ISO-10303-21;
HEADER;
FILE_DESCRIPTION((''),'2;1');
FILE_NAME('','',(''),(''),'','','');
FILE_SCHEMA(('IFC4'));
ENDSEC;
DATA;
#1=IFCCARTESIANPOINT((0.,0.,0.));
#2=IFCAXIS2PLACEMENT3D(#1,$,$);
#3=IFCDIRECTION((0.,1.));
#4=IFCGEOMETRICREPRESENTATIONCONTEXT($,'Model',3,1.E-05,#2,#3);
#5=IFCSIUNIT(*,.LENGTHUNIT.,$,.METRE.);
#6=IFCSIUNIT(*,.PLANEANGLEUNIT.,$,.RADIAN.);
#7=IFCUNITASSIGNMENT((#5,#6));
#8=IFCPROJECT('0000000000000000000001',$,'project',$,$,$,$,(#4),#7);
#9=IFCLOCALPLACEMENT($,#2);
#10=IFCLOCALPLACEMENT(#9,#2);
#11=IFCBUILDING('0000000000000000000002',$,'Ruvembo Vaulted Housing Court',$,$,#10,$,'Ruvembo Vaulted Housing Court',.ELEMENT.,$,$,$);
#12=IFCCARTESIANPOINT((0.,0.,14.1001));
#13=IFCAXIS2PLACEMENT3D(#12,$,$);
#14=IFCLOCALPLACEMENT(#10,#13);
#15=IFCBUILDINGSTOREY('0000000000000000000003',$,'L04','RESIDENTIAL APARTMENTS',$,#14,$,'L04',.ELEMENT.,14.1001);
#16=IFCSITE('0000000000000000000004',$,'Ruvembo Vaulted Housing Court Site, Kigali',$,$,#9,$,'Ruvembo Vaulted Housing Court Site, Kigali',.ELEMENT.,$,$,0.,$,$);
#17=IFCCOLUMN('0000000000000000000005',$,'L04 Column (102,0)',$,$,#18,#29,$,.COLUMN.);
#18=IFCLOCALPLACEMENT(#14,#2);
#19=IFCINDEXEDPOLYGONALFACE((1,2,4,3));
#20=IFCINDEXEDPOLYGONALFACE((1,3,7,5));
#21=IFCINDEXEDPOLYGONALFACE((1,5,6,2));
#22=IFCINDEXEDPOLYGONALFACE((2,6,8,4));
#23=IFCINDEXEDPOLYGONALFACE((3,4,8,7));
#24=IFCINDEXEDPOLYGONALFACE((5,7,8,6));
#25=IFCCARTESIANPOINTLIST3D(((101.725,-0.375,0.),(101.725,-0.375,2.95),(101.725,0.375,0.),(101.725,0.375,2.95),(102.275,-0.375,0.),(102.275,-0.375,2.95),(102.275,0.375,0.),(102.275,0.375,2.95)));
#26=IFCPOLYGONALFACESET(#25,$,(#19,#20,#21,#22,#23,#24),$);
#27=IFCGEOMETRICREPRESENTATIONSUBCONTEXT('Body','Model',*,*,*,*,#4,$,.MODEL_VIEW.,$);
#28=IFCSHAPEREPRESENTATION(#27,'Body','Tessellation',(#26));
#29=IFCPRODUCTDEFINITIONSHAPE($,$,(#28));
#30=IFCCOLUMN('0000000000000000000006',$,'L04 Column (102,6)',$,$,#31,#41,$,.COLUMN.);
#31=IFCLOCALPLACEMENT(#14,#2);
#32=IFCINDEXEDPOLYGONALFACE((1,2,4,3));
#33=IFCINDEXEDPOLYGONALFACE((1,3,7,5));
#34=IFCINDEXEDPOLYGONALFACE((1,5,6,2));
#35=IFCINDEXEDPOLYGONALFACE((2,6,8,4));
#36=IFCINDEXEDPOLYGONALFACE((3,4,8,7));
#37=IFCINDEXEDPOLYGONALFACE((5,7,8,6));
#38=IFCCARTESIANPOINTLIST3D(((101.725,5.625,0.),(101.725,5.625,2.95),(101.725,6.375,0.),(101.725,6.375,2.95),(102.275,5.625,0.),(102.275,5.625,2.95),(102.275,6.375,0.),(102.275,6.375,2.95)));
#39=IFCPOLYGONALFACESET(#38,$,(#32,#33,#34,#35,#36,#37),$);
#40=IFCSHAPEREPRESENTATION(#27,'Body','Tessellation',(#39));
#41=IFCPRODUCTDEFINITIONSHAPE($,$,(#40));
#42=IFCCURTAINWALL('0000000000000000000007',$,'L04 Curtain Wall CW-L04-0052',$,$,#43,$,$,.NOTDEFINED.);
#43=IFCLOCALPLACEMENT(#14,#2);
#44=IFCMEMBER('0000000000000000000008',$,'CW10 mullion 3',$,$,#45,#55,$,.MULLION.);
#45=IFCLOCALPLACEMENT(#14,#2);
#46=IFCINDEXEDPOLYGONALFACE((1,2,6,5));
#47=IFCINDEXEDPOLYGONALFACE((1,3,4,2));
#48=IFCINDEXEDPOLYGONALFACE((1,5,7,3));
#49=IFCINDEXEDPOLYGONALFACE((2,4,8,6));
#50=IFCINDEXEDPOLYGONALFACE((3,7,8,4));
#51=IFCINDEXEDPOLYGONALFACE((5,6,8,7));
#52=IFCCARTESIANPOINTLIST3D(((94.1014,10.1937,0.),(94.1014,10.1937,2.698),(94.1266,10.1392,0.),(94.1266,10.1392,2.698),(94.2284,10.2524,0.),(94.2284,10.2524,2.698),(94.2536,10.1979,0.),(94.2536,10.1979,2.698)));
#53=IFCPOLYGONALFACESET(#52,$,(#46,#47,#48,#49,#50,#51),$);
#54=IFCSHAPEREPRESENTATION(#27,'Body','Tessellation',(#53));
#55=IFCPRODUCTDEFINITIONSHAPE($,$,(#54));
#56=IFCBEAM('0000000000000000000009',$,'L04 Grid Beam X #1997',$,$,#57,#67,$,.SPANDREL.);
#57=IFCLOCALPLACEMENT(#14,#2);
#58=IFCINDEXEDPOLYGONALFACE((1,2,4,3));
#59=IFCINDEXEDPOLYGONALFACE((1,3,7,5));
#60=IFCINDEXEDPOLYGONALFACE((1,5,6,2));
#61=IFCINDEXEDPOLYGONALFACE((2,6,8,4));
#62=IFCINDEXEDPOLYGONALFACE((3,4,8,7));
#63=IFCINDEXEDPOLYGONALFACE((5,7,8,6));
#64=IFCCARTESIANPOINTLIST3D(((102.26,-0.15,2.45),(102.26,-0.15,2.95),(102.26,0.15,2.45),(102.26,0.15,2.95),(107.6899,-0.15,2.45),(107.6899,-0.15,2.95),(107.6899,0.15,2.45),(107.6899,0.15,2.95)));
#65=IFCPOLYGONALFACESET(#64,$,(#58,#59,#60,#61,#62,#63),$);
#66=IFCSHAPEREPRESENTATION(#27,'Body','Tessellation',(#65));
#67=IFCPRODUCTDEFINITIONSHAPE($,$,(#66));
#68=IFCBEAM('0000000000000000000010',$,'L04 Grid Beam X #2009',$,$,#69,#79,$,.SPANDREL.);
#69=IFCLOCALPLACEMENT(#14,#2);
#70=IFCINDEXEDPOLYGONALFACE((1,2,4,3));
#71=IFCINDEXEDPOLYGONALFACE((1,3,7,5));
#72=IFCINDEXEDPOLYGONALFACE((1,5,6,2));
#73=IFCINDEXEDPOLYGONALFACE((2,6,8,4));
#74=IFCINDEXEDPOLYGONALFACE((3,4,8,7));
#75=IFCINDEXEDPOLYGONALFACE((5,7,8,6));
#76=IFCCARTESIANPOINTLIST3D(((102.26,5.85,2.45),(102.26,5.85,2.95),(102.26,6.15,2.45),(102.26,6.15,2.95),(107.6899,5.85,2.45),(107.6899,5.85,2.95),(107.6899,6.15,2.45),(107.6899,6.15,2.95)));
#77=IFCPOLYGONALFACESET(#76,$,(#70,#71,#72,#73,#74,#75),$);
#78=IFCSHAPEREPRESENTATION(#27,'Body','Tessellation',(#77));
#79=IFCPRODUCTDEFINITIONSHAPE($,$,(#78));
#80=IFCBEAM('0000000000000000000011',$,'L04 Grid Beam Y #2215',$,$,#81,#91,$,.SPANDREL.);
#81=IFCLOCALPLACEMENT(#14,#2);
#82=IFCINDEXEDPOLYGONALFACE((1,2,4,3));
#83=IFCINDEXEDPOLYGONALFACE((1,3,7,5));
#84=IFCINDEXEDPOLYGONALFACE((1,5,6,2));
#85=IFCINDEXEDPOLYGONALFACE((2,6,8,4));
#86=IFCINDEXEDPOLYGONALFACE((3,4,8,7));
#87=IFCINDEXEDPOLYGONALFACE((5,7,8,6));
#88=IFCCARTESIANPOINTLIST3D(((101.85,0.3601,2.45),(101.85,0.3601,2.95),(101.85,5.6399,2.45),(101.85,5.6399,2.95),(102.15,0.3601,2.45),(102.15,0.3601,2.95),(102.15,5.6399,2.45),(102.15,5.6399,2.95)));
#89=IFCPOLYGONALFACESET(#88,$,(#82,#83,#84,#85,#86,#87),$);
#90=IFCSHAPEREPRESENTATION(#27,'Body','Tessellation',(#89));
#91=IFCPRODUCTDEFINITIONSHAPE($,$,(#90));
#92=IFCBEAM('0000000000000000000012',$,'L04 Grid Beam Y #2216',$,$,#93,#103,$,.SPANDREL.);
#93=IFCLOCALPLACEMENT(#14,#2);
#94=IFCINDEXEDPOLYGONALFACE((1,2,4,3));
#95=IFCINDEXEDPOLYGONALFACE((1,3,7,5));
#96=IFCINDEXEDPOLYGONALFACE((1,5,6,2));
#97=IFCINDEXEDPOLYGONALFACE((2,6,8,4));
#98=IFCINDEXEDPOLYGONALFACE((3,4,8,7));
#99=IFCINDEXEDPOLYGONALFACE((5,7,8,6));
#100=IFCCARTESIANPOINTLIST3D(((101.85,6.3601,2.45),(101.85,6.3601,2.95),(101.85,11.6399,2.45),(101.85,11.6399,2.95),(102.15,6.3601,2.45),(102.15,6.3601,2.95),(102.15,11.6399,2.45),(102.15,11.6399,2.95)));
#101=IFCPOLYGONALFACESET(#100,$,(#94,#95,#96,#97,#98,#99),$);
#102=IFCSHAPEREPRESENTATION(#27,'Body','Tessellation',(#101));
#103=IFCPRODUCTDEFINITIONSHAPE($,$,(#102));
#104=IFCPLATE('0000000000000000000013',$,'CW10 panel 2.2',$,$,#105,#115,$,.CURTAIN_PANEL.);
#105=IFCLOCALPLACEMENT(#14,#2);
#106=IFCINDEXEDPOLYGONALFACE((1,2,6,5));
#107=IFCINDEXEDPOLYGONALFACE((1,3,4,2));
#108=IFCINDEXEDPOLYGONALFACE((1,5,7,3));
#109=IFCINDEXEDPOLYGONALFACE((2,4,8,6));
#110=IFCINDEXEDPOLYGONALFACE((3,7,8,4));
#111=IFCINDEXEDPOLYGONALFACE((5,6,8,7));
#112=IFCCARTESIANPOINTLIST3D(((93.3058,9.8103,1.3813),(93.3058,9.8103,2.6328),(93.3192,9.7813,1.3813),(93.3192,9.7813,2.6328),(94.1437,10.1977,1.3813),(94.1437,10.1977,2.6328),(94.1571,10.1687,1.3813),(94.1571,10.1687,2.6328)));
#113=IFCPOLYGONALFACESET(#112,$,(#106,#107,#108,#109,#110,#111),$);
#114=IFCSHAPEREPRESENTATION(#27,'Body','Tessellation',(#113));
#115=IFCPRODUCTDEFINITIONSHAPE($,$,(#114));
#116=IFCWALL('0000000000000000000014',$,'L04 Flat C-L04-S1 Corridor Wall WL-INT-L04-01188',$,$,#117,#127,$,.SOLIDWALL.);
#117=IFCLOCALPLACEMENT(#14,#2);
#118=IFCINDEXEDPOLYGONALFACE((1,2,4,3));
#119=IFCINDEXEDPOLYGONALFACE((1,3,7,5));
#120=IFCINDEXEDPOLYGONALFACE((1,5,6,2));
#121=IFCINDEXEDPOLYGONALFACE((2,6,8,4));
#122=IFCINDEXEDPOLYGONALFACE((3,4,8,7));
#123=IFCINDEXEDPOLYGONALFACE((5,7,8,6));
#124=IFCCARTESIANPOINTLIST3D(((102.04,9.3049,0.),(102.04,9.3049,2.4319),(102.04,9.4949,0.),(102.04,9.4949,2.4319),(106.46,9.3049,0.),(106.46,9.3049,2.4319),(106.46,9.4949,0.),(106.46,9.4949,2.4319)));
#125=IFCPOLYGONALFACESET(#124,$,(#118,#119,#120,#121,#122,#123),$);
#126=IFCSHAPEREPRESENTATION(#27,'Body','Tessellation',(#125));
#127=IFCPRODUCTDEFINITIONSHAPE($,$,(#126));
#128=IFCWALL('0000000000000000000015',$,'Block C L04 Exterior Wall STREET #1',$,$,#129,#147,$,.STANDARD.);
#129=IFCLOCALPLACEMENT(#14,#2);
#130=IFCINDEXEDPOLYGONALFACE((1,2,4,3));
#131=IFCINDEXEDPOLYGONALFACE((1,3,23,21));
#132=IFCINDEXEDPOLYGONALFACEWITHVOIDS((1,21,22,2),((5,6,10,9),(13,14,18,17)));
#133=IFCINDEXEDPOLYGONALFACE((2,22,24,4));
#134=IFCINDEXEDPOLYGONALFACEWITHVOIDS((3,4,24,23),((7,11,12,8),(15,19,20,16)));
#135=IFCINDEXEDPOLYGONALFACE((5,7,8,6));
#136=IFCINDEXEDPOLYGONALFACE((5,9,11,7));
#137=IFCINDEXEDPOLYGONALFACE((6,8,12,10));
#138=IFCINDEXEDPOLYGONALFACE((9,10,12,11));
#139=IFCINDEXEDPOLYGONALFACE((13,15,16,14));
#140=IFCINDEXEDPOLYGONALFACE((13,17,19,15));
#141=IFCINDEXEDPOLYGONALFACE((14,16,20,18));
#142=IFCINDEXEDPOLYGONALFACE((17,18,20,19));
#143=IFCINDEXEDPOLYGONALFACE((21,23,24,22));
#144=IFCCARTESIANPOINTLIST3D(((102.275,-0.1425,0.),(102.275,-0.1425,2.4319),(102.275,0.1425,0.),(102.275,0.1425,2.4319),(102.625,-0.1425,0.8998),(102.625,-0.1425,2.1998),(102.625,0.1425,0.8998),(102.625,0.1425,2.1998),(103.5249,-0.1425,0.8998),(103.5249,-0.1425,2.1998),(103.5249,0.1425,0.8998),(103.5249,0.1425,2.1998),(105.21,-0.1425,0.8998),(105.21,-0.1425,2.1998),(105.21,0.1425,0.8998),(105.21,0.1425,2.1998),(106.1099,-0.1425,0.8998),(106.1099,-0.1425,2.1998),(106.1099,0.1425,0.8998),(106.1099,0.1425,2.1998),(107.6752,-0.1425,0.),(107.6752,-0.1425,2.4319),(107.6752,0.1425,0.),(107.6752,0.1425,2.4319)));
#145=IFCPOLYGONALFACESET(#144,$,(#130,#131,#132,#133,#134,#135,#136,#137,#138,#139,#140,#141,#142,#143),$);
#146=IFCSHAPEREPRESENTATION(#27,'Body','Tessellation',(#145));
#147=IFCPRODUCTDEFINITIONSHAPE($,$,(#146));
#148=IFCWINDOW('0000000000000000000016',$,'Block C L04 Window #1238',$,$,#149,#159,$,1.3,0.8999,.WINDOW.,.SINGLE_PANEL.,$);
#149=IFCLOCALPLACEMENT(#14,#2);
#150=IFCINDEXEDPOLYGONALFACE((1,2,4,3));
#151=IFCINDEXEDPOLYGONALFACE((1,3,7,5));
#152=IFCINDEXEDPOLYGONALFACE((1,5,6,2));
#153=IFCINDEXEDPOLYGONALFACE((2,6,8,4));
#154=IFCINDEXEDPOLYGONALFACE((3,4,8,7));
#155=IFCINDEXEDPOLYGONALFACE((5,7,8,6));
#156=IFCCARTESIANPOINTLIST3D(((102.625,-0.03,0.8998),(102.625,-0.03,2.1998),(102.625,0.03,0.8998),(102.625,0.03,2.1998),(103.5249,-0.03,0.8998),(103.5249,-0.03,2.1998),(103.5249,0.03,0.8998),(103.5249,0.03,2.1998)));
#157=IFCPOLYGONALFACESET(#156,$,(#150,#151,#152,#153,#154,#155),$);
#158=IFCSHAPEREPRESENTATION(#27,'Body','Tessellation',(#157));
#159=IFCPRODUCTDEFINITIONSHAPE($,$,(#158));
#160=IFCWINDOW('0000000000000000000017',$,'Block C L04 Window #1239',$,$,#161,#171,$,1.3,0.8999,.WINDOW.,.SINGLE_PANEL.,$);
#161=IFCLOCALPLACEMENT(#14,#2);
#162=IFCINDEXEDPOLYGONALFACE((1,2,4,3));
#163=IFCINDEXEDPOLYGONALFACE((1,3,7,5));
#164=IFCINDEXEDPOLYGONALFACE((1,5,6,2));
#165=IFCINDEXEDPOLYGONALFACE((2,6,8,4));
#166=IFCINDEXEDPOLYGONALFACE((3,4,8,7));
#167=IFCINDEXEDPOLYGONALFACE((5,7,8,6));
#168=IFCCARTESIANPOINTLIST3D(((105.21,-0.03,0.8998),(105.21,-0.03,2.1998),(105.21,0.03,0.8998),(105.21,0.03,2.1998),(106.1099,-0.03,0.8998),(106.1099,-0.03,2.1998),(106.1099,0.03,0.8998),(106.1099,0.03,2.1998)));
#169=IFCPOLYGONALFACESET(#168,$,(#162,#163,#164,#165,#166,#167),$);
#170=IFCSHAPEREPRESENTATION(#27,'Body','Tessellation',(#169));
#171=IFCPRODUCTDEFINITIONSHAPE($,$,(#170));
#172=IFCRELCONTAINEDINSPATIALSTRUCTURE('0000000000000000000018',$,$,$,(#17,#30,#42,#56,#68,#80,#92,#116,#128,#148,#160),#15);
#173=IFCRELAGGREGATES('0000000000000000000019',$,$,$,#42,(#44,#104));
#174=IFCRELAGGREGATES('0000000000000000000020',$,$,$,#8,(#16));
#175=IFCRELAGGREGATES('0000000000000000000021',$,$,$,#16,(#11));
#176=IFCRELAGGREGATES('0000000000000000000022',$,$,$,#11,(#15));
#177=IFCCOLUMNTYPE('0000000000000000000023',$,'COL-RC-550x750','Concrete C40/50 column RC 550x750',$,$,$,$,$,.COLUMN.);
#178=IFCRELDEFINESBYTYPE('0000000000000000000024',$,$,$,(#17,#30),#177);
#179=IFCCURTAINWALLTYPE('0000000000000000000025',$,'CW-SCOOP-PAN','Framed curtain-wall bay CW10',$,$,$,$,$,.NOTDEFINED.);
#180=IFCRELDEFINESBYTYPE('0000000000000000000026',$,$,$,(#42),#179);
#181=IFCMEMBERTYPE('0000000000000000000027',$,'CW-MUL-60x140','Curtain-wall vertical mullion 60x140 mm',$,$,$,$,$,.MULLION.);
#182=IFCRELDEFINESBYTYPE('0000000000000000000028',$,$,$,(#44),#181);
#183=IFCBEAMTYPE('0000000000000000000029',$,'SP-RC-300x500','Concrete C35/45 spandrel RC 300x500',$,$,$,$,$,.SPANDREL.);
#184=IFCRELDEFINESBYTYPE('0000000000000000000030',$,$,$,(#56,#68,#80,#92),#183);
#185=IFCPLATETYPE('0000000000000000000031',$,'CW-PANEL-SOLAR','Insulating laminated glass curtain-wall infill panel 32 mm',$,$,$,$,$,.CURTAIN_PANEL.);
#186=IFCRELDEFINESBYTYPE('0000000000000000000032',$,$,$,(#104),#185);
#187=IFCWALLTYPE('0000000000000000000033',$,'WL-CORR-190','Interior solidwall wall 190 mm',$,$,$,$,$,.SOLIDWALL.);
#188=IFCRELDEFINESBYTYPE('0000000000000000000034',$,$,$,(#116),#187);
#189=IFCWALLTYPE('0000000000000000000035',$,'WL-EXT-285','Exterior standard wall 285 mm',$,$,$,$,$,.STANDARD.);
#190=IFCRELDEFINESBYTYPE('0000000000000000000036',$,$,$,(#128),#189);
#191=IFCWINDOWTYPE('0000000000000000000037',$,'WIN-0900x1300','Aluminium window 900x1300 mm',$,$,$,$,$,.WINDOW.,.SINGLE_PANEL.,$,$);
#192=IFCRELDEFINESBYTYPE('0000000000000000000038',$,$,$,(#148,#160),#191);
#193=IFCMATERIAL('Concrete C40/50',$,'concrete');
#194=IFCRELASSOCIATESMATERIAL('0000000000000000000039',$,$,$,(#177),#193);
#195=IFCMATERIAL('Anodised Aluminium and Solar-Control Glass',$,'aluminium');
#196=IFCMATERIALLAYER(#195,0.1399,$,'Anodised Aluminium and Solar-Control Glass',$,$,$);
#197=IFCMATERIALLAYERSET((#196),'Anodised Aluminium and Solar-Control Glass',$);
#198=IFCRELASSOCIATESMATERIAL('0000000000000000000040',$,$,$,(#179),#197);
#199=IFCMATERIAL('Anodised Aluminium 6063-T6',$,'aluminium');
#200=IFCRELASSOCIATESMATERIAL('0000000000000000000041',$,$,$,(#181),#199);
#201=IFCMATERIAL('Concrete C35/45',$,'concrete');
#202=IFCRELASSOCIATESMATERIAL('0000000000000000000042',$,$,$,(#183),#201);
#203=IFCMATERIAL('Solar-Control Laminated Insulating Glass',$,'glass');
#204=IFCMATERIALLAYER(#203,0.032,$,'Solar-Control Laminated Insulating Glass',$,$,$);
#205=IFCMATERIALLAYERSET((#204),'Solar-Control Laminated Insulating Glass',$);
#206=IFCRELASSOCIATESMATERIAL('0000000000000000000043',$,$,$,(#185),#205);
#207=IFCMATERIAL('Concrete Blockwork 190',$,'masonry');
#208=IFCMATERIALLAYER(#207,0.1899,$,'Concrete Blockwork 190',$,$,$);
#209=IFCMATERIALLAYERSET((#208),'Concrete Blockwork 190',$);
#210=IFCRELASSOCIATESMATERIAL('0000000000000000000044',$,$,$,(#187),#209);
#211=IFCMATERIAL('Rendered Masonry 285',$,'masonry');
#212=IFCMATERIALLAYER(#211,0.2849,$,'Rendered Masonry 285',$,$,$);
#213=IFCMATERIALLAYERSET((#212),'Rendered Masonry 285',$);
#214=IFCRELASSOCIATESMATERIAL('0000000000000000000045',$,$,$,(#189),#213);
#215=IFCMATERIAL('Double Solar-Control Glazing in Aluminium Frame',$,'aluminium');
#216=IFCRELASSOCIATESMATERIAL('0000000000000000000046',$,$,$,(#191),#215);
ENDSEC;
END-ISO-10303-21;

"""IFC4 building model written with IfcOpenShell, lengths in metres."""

from ifc_helpers import new_model, si_unit, direction, frame, frame_2d, origin, origin_2d, place, context, subcontext, project, spatial, rectangle, extrude, material, layer, layer_set, material_profile, profile_set, type_object, element, fill, aggregate, save


model = new_model("IFC4")

# Units and contexts
model_context = context("Model", 3, precision=1e-05, world=origin(), true_north=direction((0.0, 1.0)))
body_context = subcontext(model_context, "Body", "Model", "MODEL_VIEW")
ifc_project = project(units=[si_unit("LENGTHUNIT", "METRE"), si_unit("PLANEANGLEUNIT", "RADIAN")], contexts=[model_context])

# Site, building, storey
site_placement = place(None, origin())
site = spatial("IfcSite", under=ifc_project, at=site_placement, Name="Ruvembo Vaulted Housing Court Site, Kigali", LongName="Ruvembo Vaulted Housing Court Site, Kigali", CompositionType="ELEMENT", RefElevation=0.0)
building_placement = place(site_placement, origin())
building = spatial("IfcBuilding", under=site, at=building_placement, Name="Ruvembo Vaulted Housing Court", LongName="Ruvembo Vaulted Housing Court", CompositionType="ELEMENT")
storey_placement = place(building_placement, frame((0.0, 0.0, 14.1001)))
storey = spatial("IfcBuildingStorey", under=building, at=storey_placement, Name="L04", Description="RESIDENTIAL APARTMENTS", LongName="L04", CompositionType="ELEMENT", Elevation=14.1001)

# Columns
ifc_material_1 = material(Name="Concrete C40/50", Category="concrete")
ifc_material_profile_1 = material_profile(ifc_material_1, rectangle(XDim=0.55, YDim=0.75, at=origin_2d()), Name="RC 550x750")
ifc_profile_set_1 = profile_set([ifc_material_profile_1], Name="Concrete C40/50")
column_type = type_object("IfcColumnType", Name="COL-RC-550x750", Description="Concrete C40/50 column RC 550x750", PredefinedType="COLUMN", material=ifc_profile_set_1)
for number, where, z_axis, x_axis, name in (
    (1, (102.0, 0.0, 0.0), (0.0, 0.0, 1.0), (1.0, 0.0, 0.0), "L04 Column (102,0)"),
    (2, (102.0, 6.0, 0.0), (0.0, 0.0, 1.0), (1.0, 0.0, 0.0), "L04 Column (102,6)"),
):
    element("IfcColumn", number, at=place(storey_placement, frame(where, z_axis=z_axis, x_axis=x_axis)), inside=storey, type_object=column_type, Name=name, PredefinedType="COLUMN", context=body_context, shape_type="SweptSolid", body=[
        extrude(rectangle(XDim=0.55, YDim=0.75, at=origin_2d()), origin(), (0.0, 0.0, 1.0), 2.95),
    ])

# Curtain wall, member
ifc_material_2 = material(Name="Anodised Aluminium and Solar-Control Glass", Category="aluminium")
ifc_layer_1 = layer(ifc_material_2, 0.1399, Name="Anodised Aluminium and Solar-Control Glass")
ifc_layer_set_1 = layer_set([ifc_layer_1], Name="Anodised Aluminium and Solar-Control Glass")
curtain_wall_type = type_object("IfcCurtainWallType", Name="CW-SCOOP-PAN", Description="Framed curtain-wall bay CW10", PredefinedType="NOTDEFINED", material=ifc_layer_set_1)
curtain_wall_placement = place(storey_placement, origin())
curtain_wall = element("IfcCurtainWall", 3, at=curtain_wall_placement, inside=storey, type_object=curtain_wall_type, Name="L04 Curtain Wall CW-L04-0052", PredefinedType="NOTDEFINED")
ifc_material_3 = material(Name="Anodised Aluminium 6063-T6", Category="aluminium")
ifc_material_profile_2 = material_profile(ifc_material_3, rectangle(XDim=0.0601, YDim=0.1399, at=origin_2d()), Name="ALU 60x140")
ifc_profile_set_2 = profile_set([ifc_material_profile_2], Name="Anodised Aluminium 6063-T6")
member_type = type_object("IfcMemberType", Name="CW-MUL-60x140", Description="Curtain-wall vertical mullion 60x140 mm", PredefinedType="MULLION", material=ifc_profile_set_2)
member_placement = place(storey_placement, frame((94.1775, 10.1958, 0.0), z_axis=(0.0, 0.0, 1.0), x_axis=(-0.41974, 0.907644, 0.0)))
member = element("IfcMember", 4, at=member_placement, type_object=member_type, Name="CW10 mullion 3", PredefinedType="MULLION", context=body_context, shape_type="SweptSolid", body=[
    extrude(rectangle(XDim=0.0601, YDim=0.1399, at=origin_2d()), origin(), (0.0, 0.0, 1.0), 2.698),
])

# Beams
ifc_material_4 = material(Name="Concrete C35/45", Category="concrete")
ifc_material_profile_3 = material_profile(ifc_material_4, rectangle(XDim=0.3, YDim=0.5, at=origin_2d()), Name="RC 300x500")
ifc_profile_set_3 = profile_set([ifc_material_profile_3], Name="Concrete C35/45")
beam_type = type_object("IfcBeamType", Name="SP-RC-300x500", Description="Concrete C35/45 spandrel RC 300x500", PredefinedType="SPANDREL", material=ifc_profile_set_3)
for number, where, z_axis, x_axis, name in (
    (5, (102.26, 0.0, 2.7), (1.0, 0.0, 0.0), (0.0, 1.0, 0.0), "L04 Grid Beam X #1997"),
    (6, (102.26, 6.0, 2.7), (1.0, 0.0, 0.0), (0.0, 1.0, 0.0), "L04 Grid Beam X #2009"),
):
    element("IfcBeam", number, at=place(storey_placement, frame(where, z_axis=z_axis, x_axis=x_axis)), inside=storey, type_object=beam_type, Name=name, PredefinedType="SPANDREL", context=body_context, shape_type="SweptSolid", body=[
        extrude(rectangle(XDim=0.3, YDim=0.5, at=origin_2d()), origin(), (0.0, 0.0, 1.0), 5.4299),
    ])
for number, where, z_axis, x_axis, name in (
    (7, (102.0, 0.3601, 2.7), (0.0, 1.0, 0.0), (-1.0, 0.0, 0.0), "L04 Grid Beam Y #2215"),
    (8, (102.0, 6.3601, 2.7), (0.0, 1.0, 0.0), (-1.0, 0.0, 0.0), "L04 Grid Beam Y #2216"),
):
    element("IfcBeam", number, at=place(storey_placement, frame(where, z_axis=z_axis, x_axis=x_axis)), inside=storey, type_object=beam_type, Name=name, PredefinedType="SPANDREL", context=body_context, shape_type="SweptSolid", body=[
        extrude(rectangle(XDim=0.3, YDim=0.5, at=origin_2d()), origin(), (0.0, 0.0, 1.0), 5.2798),
    ])

# Plate
ifc_material_5 = material(Name="Solar-Control Laminated Insulating Glass", Category="glass")
ifc_layer_2 = layer(ifc_material_5, 0.032, Name="Solar-Control Laminated Insulating Glass")
ifc_layer_set_2 = layer_set([ifc_layer_2], Name="Solar-Control Laminated Insulating Glass")
plate_type = type_object("IfcPlateType", Name="CW-PANEL-SOLAR", Description="Insulating laminated glass curtain-wall infill panel 32 mm", PredefinedType="CURTAIN_PANEL", material=ifc_layer_set_2)
plate_placement = place(storey_placement, frame((93.7314, 9.9895, 1.3813), z_axis=(0.0, 0.0, 1.0), x_axis=(0.907644, 0.41974, 0.0)))
plate = element("IfcPlate", 9, at=plate_placement, type_object=plate_type, Name="CW10 panel 2.2", PredefinedType="CURTAIN_PANEL", context=body_context, shape_type="SweptSolid", body=[
    extrude(rectangle(XDim=0.9231, YDim=0.032, at=origin_2d()), origin(), (0.0, 0.0, 1.0), 1.2515),
])
aggregate(curtain_wall, [member, plate])

# Wall
ifc_material_6 = material(Name="Concrete Blockwork 190", Category="masonry")
ifc_layer_3 = layer(ifc_material_6, 0.1899, Name="Concrete Blockwork 190")
ifc_layer_set_3 = layer_set([ifc_layer_3], Name="Concrete Blockwork 190")
wall_type_1 = type_object("IfcWallType", Name="WL-CORR-190", Description="Interior solidwall wall 190 mm", PredefinedType="SOLIDWALL", material=ifc_layer_set_3)
wall_1_placement = place(storey_placement, frame((102.04, 9.3999, 0.0), z_axis=(0.0, 0.0, 1.0), x_axis=(1.0, 0.0, 0.0)))
element("IfcWall", 10, at=wall_1_placement, inside=storey, type_object=wall_type_1, Name="L04 Flat C-L04-S1 Corridor Wall WL-INT-L04-01188", PredefinedType="SOLIDWALL", context=body_context, shape_type="SweptSolid", body=[
    extrude(rectangle(XDim=4.4199, YDim=0.1899, at=frame_2d((2.21, 0.0))), origin(), (0.0, 0.0, 1.0), 2.4319),
])

# Wall, openings, windows
ifc_material_7 = material(Name="Rendered Masonry 285", Category="masonry")
ifc_layer_4 = layer(ifc_material_7, 0.2849, Name="Rendered Masonry 285")
ifc_layer_set_4 = layer_set([ifc_layer_4], Name="Rendered Masonry 285")
wall_type_2 = type_object("IfcWallType", Name="WL-EXT-285", Description="Exterior standard wall 285 mm", PredefinedType="STANDARD", material=ifc_layer_set_4)
wall_2_placement = place(storey_placement, frame((102.2749, 0.0, 0.0), z_axis=(0.0, 0.0, 1.0), x_axis=(1.0, 0.0, 0.0)))
wall_2 = element("IfcWall", 11, at=wall_2_placement, inside=storey, type_object=wall_type_2, Name="Block C L04 Exterior Wall STREET #1", PredefinedType="STANDARD", context=body_context, shape_type="SweptSolid", body=[
    extrude(rectangle(XDim=5.4001, YDim=0.2849, at=frame_2d((2.7002, 0.0))), origin(), (0.0, 0.0, 1.0), 2.4319),
])
opening_1_placement = place(wall_2_placement, frame((0.3501, 0.0, 0.8999)))
opening_1 = element("IfcOpeningElement", 12, at=opening_1_placement, cuts=wall_2, PredefinedType="OPENING", context=body_context, shape_type="SweptSolid", body=[
    extrude(rectangle(XDim=0.8999, YDim=1.3, at=frame_2d((0.45, 0.6499))), frame((0.0, 0.1523, 0.0), z_axis=(0.0, -1.0, 0.0), x_axis=(1.0, 0.0, 0.0)), (0.0, 0.0, 1.0), 0.3049),
])
opening_2_placement = place(wall_2_placement, frame((2.9351, 0.0, 0.8999)))
opening_2 = element("IfcOpeningElement", 13, at=opening_2_placement, cuts=wall_2, PredefinedType="OPENING", context=body_context, shape_type="SweptSolid", body=[
    extrude(rectangle(XDim=0.8999, YDim=1.3, at=frame_2d((0.45, 0.6499))), frame((0.0, 0.1523, 0.0), z_axis=(0.0, -1.0, 0.0), x_axis=(1.0, 0.0, 0.0)), (0.0, 0.0, 1.0), 0.3049),
])
ifc_material_8 = material(Name="Double Solar-Control Glazing in Aluminium Frame", Category="aluminium")
window_type = type_object("IfcWindowType", Name="WIN-0900x1300", Description="Aluminium window 900x1300 mm", PartitioningType="SINGLE_PANEL", PredefinedType="WINDOW", material=ifc_material_8)
window_1_placement = place(opening_1_placement, origin())
window_1 = element("IfcWindow", 14, at=window_1_placement, inside=storey, type_object=window_type, Name="Block C L04 Window #1238", OverallHeight=1.3, OverallWidth=0.8999, PartitioningType="SINGLE_PANEL", PredefinedType="WINDOW", context=body_context, shape_type="SweptSolid", body=[
    extrude(rectangle(XDim=0.8999, YDim=1.3, at=frame_2d((0.45, 0.6499))), frame((0.0, 0.03, 0.0), z_axis=(0.0, -1.0, 0.0), x_axis=(1.0, 0.0, 0.0)), (0.0, 0.0, 1.0), 0.0601),
])
fill(opening_1, window_1)
window_2_placement = place(opening_2_placement, origin())
window_2 = element("IfcWindow", 15, at=window_2_placement, inside=storey, type_object=window_type, Name="Block C L04 Window #1239", OverallHeight=1.3, OverallWidth=0.8999, PartitioningType="SINGLE_PANEL", PredefinedType="WINDOW", context=body_context, shape_type="SweptSolid", body=[
    extrude(rectangle(XDim=0.8999, YDim=1.3, at=frame_2d((0.45, 0.6499))), frame((0.0, 0.03, 0.0), z_axis=(0.0, -1.0, 0.0), x_axis=(1.0, 0.0, 0.0)), (0.0, 0.0, 1.0), 0.0601),
])
fill(opening_2, window_2)

save(model, "model.ifc")
